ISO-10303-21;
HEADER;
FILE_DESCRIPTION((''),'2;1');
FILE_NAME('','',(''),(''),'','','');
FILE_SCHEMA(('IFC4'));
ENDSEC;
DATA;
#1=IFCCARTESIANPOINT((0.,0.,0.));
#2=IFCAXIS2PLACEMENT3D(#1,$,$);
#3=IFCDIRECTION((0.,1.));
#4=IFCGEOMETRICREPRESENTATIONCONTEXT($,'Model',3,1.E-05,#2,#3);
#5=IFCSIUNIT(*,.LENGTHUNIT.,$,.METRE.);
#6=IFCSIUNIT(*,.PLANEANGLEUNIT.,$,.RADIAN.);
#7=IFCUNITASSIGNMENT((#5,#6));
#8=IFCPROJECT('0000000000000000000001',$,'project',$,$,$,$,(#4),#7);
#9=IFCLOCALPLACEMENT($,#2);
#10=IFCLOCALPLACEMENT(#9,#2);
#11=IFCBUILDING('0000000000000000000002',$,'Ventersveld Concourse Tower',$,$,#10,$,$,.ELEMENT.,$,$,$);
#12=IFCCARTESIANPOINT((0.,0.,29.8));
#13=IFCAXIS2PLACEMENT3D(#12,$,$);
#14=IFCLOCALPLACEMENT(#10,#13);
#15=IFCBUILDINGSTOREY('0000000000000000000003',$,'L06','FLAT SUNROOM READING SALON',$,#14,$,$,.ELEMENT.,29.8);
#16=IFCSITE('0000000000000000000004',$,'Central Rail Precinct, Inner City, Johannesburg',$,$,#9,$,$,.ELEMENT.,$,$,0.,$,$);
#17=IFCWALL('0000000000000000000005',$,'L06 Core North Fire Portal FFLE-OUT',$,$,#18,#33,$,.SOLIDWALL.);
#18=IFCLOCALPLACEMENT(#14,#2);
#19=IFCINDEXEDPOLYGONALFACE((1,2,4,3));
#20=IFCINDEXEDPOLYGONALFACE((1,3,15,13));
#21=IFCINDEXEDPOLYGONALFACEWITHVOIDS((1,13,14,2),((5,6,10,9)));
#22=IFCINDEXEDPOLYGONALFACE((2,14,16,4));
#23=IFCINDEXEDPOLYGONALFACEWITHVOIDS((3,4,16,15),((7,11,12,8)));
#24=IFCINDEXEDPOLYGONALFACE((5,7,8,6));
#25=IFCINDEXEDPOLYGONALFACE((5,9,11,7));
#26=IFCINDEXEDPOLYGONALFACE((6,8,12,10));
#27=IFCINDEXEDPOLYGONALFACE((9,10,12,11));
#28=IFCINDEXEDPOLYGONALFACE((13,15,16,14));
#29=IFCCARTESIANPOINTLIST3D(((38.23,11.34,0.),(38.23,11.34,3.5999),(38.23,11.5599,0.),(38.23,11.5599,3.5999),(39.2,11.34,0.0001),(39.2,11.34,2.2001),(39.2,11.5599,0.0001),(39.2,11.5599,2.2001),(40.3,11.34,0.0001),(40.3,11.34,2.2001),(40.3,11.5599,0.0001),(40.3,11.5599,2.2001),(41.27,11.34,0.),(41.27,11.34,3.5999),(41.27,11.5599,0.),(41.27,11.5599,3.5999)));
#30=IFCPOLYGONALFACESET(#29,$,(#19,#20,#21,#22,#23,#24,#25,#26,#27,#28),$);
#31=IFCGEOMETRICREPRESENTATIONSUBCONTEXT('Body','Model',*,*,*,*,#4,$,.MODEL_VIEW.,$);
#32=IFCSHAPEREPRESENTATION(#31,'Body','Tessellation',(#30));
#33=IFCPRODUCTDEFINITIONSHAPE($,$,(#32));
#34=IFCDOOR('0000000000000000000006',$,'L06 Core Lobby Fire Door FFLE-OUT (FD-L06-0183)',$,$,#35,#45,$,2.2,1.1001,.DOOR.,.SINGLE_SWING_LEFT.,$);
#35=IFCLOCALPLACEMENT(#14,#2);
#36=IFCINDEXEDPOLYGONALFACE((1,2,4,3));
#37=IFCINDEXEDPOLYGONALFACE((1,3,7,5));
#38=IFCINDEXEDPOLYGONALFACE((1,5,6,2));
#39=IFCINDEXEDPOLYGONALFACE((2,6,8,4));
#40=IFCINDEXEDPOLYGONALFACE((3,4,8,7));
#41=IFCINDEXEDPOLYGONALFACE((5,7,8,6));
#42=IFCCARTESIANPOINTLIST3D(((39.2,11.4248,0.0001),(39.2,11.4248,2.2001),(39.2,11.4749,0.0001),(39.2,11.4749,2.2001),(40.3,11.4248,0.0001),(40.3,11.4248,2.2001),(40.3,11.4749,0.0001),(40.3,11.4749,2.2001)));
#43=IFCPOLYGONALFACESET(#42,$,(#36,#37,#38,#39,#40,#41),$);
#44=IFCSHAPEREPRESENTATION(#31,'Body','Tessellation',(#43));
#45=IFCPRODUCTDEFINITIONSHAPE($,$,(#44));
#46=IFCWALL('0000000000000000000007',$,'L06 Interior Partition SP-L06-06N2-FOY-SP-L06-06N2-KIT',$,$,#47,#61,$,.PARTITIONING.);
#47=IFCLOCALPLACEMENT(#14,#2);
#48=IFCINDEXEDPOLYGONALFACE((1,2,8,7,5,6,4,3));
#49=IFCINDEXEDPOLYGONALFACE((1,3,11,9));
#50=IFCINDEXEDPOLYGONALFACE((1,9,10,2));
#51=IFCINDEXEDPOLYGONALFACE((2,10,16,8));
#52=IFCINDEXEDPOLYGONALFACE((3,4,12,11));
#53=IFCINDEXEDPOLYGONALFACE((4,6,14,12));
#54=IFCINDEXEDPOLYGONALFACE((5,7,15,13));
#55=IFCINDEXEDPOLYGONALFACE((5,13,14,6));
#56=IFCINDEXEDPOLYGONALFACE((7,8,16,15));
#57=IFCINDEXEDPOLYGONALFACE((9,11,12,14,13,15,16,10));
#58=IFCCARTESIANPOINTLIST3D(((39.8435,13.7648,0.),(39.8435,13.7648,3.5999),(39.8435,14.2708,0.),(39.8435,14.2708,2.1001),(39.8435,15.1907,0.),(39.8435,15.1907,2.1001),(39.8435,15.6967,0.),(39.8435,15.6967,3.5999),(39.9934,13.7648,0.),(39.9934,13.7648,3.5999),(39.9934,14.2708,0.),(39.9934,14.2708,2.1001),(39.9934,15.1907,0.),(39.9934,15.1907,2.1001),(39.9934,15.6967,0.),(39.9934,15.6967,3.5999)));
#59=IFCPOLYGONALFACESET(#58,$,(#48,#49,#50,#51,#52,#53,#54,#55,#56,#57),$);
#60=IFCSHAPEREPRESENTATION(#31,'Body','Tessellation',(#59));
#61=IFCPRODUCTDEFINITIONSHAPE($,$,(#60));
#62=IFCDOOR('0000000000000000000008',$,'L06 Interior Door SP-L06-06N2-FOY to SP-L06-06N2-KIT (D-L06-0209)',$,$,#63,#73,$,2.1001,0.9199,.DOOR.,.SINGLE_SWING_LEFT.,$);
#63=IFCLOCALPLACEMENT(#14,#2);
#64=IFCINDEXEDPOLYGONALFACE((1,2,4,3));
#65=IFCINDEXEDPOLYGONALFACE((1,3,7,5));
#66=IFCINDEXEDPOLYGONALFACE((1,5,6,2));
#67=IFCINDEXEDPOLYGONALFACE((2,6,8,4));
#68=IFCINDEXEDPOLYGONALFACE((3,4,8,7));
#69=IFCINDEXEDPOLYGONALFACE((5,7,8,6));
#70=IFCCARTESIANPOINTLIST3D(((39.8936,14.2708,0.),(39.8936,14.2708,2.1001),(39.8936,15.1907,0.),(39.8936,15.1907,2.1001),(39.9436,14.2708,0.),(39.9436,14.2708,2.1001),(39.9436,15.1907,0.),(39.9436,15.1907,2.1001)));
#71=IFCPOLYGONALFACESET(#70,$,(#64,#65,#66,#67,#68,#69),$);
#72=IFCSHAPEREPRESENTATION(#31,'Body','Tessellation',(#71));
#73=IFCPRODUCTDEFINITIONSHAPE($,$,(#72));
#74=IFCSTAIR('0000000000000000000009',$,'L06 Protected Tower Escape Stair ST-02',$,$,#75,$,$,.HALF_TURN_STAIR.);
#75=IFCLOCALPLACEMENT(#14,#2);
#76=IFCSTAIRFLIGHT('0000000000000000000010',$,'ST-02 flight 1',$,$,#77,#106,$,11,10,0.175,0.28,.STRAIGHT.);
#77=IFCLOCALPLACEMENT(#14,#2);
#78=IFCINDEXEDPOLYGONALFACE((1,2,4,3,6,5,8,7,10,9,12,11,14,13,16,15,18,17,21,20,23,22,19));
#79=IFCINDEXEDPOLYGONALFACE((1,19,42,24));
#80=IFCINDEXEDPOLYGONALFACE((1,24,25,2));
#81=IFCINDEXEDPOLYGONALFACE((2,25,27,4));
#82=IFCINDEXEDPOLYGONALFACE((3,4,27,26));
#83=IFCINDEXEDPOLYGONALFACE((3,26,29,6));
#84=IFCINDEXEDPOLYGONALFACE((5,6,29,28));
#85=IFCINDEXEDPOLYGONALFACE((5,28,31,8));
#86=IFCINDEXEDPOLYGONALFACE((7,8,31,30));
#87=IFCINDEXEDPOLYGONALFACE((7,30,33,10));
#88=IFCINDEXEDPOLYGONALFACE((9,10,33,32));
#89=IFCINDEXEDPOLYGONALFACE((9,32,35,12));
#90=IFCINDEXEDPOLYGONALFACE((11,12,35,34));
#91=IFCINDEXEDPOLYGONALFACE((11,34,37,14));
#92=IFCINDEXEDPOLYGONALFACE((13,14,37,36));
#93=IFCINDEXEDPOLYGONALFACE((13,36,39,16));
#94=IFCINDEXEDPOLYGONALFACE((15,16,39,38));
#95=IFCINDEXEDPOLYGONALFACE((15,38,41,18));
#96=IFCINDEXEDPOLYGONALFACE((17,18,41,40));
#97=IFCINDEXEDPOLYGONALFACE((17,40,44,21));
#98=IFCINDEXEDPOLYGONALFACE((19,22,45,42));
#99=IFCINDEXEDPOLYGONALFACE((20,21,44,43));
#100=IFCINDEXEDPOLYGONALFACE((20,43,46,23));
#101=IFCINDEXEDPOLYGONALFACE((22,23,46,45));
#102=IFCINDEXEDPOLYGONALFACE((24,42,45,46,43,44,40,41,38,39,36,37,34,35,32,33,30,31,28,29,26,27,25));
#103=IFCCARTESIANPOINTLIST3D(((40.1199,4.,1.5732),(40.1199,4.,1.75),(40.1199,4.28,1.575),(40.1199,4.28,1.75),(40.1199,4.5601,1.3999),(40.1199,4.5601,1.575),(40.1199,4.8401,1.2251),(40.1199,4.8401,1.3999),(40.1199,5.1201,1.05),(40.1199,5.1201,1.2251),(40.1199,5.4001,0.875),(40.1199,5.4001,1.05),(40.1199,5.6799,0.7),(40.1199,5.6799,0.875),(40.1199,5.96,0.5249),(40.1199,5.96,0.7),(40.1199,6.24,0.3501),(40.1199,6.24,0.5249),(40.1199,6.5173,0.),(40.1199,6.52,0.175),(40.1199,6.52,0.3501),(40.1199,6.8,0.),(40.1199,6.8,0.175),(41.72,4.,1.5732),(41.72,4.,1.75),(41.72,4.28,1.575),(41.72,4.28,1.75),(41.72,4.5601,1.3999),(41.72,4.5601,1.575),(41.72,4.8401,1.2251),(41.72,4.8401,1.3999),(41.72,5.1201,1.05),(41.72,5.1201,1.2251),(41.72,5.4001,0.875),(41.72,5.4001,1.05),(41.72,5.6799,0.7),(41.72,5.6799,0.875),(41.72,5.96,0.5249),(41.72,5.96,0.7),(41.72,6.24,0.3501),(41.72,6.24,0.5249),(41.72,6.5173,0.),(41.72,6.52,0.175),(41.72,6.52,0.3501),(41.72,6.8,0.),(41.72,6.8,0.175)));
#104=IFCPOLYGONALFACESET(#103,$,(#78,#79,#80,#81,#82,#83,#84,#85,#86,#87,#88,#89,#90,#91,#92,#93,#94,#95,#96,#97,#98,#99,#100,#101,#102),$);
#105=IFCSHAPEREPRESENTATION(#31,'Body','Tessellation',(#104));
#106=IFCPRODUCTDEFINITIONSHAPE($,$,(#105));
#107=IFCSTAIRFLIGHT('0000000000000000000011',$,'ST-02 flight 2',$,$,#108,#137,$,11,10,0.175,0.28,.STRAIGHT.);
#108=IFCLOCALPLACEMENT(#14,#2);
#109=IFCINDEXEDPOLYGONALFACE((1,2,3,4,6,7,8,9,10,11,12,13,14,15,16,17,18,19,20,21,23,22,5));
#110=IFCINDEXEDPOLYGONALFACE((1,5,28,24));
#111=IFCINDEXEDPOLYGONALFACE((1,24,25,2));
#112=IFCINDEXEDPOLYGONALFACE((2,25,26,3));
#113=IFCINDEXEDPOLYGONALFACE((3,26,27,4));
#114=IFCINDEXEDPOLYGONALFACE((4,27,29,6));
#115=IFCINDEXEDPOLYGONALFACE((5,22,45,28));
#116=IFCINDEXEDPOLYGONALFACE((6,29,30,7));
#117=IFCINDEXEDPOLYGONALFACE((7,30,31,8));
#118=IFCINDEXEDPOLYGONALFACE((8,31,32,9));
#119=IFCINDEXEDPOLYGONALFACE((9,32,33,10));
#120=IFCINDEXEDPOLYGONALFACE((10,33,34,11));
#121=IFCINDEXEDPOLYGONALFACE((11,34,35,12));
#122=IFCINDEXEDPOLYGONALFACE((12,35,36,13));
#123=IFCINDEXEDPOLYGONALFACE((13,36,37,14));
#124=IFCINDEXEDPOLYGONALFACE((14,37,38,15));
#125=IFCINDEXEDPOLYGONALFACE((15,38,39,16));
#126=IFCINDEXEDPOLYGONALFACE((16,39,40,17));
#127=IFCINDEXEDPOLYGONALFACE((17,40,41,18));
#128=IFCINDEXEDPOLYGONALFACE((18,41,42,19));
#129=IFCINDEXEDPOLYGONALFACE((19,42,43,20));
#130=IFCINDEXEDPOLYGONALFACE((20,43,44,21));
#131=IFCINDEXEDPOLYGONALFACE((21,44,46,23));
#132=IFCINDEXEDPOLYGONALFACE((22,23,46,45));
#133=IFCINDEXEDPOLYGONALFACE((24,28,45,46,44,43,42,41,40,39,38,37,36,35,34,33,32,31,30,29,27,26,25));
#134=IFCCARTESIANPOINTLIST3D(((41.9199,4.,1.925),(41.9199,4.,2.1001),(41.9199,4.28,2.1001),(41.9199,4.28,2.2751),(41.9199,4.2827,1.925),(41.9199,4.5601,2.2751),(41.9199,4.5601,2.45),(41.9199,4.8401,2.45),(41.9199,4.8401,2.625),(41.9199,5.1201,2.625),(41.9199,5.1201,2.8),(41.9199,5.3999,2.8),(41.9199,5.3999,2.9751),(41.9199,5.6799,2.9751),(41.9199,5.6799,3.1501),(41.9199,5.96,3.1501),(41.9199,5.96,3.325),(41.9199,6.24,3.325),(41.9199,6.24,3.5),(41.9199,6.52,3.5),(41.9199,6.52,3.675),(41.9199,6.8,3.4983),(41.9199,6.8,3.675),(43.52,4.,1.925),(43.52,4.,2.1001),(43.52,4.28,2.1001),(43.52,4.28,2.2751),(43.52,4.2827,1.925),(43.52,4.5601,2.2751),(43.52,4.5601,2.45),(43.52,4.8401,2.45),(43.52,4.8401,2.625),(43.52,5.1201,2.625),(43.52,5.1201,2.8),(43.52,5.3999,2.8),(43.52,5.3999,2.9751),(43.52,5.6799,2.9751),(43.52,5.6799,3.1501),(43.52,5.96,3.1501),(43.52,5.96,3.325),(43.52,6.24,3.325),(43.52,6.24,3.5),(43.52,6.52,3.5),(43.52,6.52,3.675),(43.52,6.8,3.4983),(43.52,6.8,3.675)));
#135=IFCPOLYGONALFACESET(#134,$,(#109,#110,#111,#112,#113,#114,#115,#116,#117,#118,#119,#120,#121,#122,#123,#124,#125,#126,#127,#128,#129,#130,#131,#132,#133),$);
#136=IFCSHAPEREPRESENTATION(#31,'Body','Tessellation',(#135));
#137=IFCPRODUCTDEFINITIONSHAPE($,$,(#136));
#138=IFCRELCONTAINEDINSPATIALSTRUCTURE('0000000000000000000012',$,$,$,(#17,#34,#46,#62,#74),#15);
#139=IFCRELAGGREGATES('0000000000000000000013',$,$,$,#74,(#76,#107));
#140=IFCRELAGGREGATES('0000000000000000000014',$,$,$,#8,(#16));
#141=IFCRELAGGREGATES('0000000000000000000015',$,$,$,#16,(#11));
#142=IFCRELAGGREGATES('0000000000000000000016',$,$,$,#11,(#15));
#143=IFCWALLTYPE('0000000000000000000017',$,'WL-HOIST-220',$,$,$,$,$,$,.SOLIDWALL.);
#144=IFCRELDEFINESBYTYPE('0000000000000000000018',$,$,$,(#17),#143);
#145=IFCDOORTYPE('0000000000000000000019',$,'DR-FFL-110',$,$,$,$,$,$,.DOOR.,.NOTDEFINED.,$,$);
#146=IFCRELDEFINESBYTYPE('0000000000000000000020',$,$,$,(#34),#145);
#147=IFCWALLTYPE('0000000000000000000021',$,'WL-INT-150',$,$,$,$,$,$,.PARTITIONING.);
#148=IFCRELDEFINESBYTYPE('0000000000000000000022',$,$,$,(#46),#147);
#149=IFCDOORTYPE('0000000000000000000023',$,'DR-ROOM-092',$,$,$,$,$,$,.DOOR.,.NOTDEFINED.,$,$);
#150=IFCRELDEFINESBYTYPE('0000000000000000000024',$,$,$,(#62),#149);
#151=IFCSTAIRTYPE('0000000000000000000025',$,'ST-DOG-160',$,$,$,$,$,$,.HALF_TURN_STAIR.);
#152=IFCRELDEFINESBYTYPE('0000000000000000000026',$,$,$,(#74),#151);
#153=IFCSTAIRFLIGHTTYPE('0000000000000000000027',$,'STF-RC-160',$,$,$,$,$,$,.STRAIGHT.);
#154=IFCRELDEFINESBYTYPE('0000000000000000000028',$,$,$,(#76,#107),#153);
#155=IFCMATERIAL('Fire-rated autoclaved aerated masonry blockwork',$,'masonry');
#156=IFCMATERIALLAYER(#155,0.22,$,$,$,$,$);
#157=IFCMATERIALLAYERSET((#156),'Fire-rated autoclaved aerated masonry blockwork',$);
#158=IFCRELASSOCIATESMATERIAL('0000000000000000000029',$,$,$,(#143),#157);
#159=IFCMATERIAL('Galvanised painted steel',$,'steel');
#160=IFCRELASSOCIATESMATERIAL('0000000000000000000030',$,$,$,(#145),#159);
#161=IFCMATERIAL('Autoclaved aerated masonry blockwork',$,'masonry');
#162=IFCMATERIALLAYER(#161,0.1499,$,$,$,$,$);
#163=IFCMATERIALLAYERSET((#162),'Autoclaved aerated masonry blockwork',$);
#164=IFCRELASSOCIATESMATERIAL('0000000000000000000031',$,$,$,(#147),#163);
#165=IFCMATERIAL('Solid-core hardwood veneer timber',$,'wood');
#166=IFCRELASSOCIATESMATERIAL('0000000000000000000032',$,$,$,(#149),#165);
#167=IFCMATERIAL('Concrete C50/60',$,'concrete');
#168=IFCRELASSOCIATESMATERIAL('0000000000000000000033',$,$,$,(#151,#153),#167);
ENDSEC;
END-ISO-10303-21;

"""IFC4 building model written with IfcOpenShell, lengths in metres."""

from ifc_helpers import new_model, si_unit, direction, frame, frame_2d, origin, place, context, subcontext, project, spatial, polyline, rectangle, outline, extrude, material, layer, layer_set, type_object, element, fill, aggregate, save


model = new_model("IFC4")

# Units and contexts
model_context = context("Model", 3, precision=1e-05, world=origin(), true_north=direction((0.0, 1.0)))
body_context = subcontext(model_context, "Body", "Model", "MODEL_VIEW")
ifc_project = project(units=[si_unit("LENGTHUNIT", "METRE"), si_unit("PLANEANGLEUNIT", "RADIAN")], contexts=[model_context])

# Site, building, storey
site_placement = place(None, origin())
site = spatial("IfcSite", under=ifc_project, at=site_placement, Name="Central Rail Precinct, Inner City, Johannesburg", CompositionType="ELEMENT", RefElevation=0.0)
building_placement = place(site_placement, origin())
building = spatial("IfcBuilding", under=site, at=building_placement, Name="Ventersveld Concourse Tower", CompositionType="ELEMENT")
storey_placement = place(building_placement, frame((0.0, 0.0, 29.8)))
storey = spatial("IfcBuildingStorey", under=building, at=storey_placement, Name="L06", Description="FLAT SUNROOM READING SALON", CompositionType="ELEMENT", Elevation=29.8)

# Shared definitions
ifc_material_1 = material(Name="Concrete C50/60", Category="concrete")

# Shared definitions
ifc_material_2 = material(Name="Fire-rated autoclaved aerated masonry blockwork", Category="masonry")

# Walls, openings, doors
ifc_layer_1 = layer(ifc_material_2, 0.22)
ifc_layer_set_1 = layer_set([ifc_layer_1], Name="Fire-rated autoclaved aerated masonry blockwork")
wall_type_1 = type_object("IfcWallType", Name="WL-HOIST-220", PredefinedType="SOLIDWALL", material=ifc_layer_set_1)
ifc_material_3 = material(Name="Galvanised painted steel", Category="steel")
wall_1_placement = place(storey_placement, frame((38.23, 11.45, 0.0), z_axis=(0.0, 0.0, 1.0), x_axis=(1.0, 0.0, 0.0)))
wall_1 = element("IfcWall", 1, at=wall_1_placement, inside=storey, type_object=wall_type_1, Name="L06 Core North Fire Portal FFLE-OUT", PredefinedType="SOLIDWALL", context=body_context, shape_type="SweptSolid", body=[
    extrude(rectangle(XDim=3.04, YDim=0.22, at=frame_2d((1.52, 0.0))), origin(), (0.0, 0.0, 1.0), 3.5999),
])
opening_1_placement = place(wall_1_placement, frame((0.97, 0.0, 0.0)))
opening_1 = element("IfcOpeningElement", 2, at=opening_1_placement, cuts=wall_1, PredefinedType="OPENING", context=body_context, shape_type="SweptSolid", body=[
    extrude(rectangle(XDim=1.1001, YDim=2.2, at=frame_2d((0.55, 1.1001))), frame((0.0, 0.1201, 0.0), z_axis=(0.0, -1.0, 0.0), x_axis=(1.0, 0.0, 0.0)), (0.0, 0.0, 1.0), 0.24),
])
door_type_1 = type_object("IfcDoorType", Name="DR-FFL-110", OperationType="NOTDEFINED", PredefinedType="DOOR", material=ifc_material_3)
door_1_placement = place(opening_1_placement, origin())
door_1 = element("IfcDoor", 3, at=door_1_placement, inside=storey, type_object=door_type_1, Name="L06 Core Lobby Fire Door FFLE-OUT (FD-L06-0183)", OperationType="SINGLE_SWING_LEFT", OverallHeight=2.2, OverallWidth=1.1001, PredefinedType="DOOR", context=body_context, shape_type="SweptSolid", body=[
    extrude(rectangle(XDim=1.1001, YDim=2.2, at=frame_2d((0.55, 1.1001))), frame((0.0, 0.0249, 0.0), z_axis=(0.0, -1.0, 0.0), x_axis=(1.0, 0.0, 0.0)), (0.0, 0.0, 1.0), 0.05),
])
fill(opening_1, door_1)
ifc_material_4 = material(Name="Autoclaved aerated masonry blockwork", Category="masonry")
ifc_layer_2 = layer(ifc_material_4, 0.1499)
ifc_layer_set_2 = layer_set([ifc_layer_2], Name="Autoclaved aerated masonry blockwork")
wall_type_2 = type_object("IfcWallType", Name="WL-INT-150", PredefinedType="PARTITIONING", material=ifc_layer_set_2)
wall_2_placement = place(storey_placement, frame((39.9185, 13.7649, 0.0), z_axis=(0.0, 0.0, 1.0), x_axis=(0.0, 1.0, 0.0)))
wall_2 = element("IfcWall", 4, at=wall_2_placement, inside=storey, type_object=wall_type_2, Name="L06 Interior Partition SP-L06-06N2-FOY-SP-L06-06N2-KIT", PredefinedType="PARTITIONING", context=body_context, shape_type="SweptSolid", body=[
    extrude(rectangle(XDim=1.9319, YDim=0.1499, at=frame_2d((0.9658, 0.0))), origin(), (0.0, 0.0, 1.0), 3.5999),
])
opening_2_placement = place(wall_2_placement, frame((0.5059, 0.0, 0.0)))
opening_2 = element("IfcOpeningElement", 5, at=opening_2_placement, cuts=wall_2, PredefinedType="OPENING", context=body_context, shape_type="SweptSolid", body=[
    extrude(rectangle(XDim=0.9199, YDim=2.1001, at=frame_2d((0.46, 1.05))), frame((0.0, 0.085, 0.0), z_axis=(0.0, -1.0, 0.0), x_axis=(1.0, 0.0, 0.0)), (0.0, 0.0, 1.0), 0.1699),
])
ifc_material_5 = material(Name="Solid-core hardwood veneer timber", Category="wood")
door_type_2 = type_object("IfcDoorType", Name="DR-ROOM-092", OperationType="NOTDEFINED", PredefinedType="DOOR", material=ifc_material_5)
door_2_placement = place(opening_2_placement, origin())
door_2 = element("IfcDoor", 6, at=door_2_placement, inside=storey, type_object=door_type_2, Name="L06 Interior Door SP-L06-06N2-FOY to SP-L06-06N2-KIT (D-L06-0209)", OperationType="SINGLE_SWING_LEFT", OverallHeight=2.1001, OverallWidth=0.9199, PredefinedType="DOOR", context=body_context, shape_type="SweptSolid", body=[
    extrude(rectangle(XDim=0.9199, YDim=2.1001, at=frame_2d((0.46, 1.05))), frame((0.0, 0.0249, 0.0), z_axis=(0.0, -1.0, 0.0), x_axis=(1.0, 0.0, 0.0)), (0.0, 0.0, 1.0), 0.05),
])
fill(opening_2, door_2)

# Stair, stair flights
stair_type = type_object("IfcStairType", Name="ST-DOG-160", PredefinedType="HALF_TURN_STAIR", material=ifc_material_1)
stair_placement = place(storey_placement, origin())
stair = element("IfcStair", 7, at=stair_placement, inside=storey, type_object=stair_type, Name="L06 Protected Tower Escape Stair ST-02", PredefinedType="HALF_TURN_STAIR")
stair_flight_type = type_object("IfcStairFlightType", Name="STF-RC-160", PredefinedType="STRAIGHT", material=ifc_material_1)
stair_flight_1_placement = place(storey_placement, frame((40.9199, 6.8, 0.0), z_axis=(0.0, 0.0, 1.0), x_axis=(0.0, -1.0, 0.0)))
stair_flight_1 = element("IfcStairFlight", 8, at=stair_flight_1_placement, type_object=stair_flight_type, Name="ST-02 flight 1", NumberOfRisers=11, NumberOfTreads=10, PredefinedType="STRAIGHT", RiserHeight=0.175, TreadLength=0.28, context=body_context, shape_type="SweptSolid", body=[
    extrude(outline(polyline([(0.0, 0.0), (0.0, 0.175), (0.28, 0.175), (0.28, 0.3501), (0.5601, 0.3501), (0.5601, 0.5249), (0.8401, 0.5249), (0.8401, 0.7), (1.1201, 0.7), (1.1201, 0.875), (1.3999, 0.875), (1.3999, 1.05), (1.6799, 1.05), (1.6799, 1.2251), (1.96, 1.2251), (1.96, 1.3999), (2.24, 1.3999), (2.24, 1.575), (2.52, 1.575), (2.52, 1.75), (2.8, 1.75), (2.8, 1.925), (2.8, 1.5732), (0.2827, 0.0), (0.0, 0.0)])), frame((0.0, 0.8, 0.0), z_axis=(0.0, -1.0, 0.0), x_axis=(1.0, 0.0, 0.0)), (0.0, 0.0, 1.0), 1.6001),
])
stair_flight_2_placement = place(storey_placement, frame((42.72, 4.0, 1.925), z_axis=(0.0, 0.0, 1.0), x_axis=(0.0, 1.0, 0.0)))
stair_flight_2 = element("IfcStairFlight", 9, at=stair_flight_2_placement, type_object=stair_flight_type, Name="ST-02 flight 2", NumberOfRisers=11, NumberOfTreads=10, PredefinedType="STRAIGHT", RiserHeight=0.175, TreadLength=0.28, context=body_context, shape_type="SweptSolid", body=[
    extrude(outline(polyline([(0.0, 0.0), (0.0, 0.175), (0.28, 0.175), (0.28, 0.3501), (0.5601, 0.3501), (0.5601, 0.5249), (0.8401, 0.5249), (0.8401, 0.7), (1.1201, 0.7), (1.1201, 0.875), (1.3999, 0.875), (1.3999, 1.05), (1.6799, 1.05), (1.6799, 1.2251), (1.96, 1.2251), (1.96, 1.3999), (2.24, 1.3999), (2.24, 1.575), (2.52, 1.575), (2.52, 1.75), (2.8, 1.75), (2.8, 1.925), (2.8, 1.5732), (0.2827, 0.0), (0.0, 0.0)])), frame((0.0, 0.8, 0.0), z_axis=(0.0, -1.0, 0.0), x_axis=(1.0, 0.0, 0.0)), (0.0, 0.0, 1.0), 1.6001),
])
aggregate(stair, [stair_flight_1, stair_flight_2])

save(model, "model.ifc")
